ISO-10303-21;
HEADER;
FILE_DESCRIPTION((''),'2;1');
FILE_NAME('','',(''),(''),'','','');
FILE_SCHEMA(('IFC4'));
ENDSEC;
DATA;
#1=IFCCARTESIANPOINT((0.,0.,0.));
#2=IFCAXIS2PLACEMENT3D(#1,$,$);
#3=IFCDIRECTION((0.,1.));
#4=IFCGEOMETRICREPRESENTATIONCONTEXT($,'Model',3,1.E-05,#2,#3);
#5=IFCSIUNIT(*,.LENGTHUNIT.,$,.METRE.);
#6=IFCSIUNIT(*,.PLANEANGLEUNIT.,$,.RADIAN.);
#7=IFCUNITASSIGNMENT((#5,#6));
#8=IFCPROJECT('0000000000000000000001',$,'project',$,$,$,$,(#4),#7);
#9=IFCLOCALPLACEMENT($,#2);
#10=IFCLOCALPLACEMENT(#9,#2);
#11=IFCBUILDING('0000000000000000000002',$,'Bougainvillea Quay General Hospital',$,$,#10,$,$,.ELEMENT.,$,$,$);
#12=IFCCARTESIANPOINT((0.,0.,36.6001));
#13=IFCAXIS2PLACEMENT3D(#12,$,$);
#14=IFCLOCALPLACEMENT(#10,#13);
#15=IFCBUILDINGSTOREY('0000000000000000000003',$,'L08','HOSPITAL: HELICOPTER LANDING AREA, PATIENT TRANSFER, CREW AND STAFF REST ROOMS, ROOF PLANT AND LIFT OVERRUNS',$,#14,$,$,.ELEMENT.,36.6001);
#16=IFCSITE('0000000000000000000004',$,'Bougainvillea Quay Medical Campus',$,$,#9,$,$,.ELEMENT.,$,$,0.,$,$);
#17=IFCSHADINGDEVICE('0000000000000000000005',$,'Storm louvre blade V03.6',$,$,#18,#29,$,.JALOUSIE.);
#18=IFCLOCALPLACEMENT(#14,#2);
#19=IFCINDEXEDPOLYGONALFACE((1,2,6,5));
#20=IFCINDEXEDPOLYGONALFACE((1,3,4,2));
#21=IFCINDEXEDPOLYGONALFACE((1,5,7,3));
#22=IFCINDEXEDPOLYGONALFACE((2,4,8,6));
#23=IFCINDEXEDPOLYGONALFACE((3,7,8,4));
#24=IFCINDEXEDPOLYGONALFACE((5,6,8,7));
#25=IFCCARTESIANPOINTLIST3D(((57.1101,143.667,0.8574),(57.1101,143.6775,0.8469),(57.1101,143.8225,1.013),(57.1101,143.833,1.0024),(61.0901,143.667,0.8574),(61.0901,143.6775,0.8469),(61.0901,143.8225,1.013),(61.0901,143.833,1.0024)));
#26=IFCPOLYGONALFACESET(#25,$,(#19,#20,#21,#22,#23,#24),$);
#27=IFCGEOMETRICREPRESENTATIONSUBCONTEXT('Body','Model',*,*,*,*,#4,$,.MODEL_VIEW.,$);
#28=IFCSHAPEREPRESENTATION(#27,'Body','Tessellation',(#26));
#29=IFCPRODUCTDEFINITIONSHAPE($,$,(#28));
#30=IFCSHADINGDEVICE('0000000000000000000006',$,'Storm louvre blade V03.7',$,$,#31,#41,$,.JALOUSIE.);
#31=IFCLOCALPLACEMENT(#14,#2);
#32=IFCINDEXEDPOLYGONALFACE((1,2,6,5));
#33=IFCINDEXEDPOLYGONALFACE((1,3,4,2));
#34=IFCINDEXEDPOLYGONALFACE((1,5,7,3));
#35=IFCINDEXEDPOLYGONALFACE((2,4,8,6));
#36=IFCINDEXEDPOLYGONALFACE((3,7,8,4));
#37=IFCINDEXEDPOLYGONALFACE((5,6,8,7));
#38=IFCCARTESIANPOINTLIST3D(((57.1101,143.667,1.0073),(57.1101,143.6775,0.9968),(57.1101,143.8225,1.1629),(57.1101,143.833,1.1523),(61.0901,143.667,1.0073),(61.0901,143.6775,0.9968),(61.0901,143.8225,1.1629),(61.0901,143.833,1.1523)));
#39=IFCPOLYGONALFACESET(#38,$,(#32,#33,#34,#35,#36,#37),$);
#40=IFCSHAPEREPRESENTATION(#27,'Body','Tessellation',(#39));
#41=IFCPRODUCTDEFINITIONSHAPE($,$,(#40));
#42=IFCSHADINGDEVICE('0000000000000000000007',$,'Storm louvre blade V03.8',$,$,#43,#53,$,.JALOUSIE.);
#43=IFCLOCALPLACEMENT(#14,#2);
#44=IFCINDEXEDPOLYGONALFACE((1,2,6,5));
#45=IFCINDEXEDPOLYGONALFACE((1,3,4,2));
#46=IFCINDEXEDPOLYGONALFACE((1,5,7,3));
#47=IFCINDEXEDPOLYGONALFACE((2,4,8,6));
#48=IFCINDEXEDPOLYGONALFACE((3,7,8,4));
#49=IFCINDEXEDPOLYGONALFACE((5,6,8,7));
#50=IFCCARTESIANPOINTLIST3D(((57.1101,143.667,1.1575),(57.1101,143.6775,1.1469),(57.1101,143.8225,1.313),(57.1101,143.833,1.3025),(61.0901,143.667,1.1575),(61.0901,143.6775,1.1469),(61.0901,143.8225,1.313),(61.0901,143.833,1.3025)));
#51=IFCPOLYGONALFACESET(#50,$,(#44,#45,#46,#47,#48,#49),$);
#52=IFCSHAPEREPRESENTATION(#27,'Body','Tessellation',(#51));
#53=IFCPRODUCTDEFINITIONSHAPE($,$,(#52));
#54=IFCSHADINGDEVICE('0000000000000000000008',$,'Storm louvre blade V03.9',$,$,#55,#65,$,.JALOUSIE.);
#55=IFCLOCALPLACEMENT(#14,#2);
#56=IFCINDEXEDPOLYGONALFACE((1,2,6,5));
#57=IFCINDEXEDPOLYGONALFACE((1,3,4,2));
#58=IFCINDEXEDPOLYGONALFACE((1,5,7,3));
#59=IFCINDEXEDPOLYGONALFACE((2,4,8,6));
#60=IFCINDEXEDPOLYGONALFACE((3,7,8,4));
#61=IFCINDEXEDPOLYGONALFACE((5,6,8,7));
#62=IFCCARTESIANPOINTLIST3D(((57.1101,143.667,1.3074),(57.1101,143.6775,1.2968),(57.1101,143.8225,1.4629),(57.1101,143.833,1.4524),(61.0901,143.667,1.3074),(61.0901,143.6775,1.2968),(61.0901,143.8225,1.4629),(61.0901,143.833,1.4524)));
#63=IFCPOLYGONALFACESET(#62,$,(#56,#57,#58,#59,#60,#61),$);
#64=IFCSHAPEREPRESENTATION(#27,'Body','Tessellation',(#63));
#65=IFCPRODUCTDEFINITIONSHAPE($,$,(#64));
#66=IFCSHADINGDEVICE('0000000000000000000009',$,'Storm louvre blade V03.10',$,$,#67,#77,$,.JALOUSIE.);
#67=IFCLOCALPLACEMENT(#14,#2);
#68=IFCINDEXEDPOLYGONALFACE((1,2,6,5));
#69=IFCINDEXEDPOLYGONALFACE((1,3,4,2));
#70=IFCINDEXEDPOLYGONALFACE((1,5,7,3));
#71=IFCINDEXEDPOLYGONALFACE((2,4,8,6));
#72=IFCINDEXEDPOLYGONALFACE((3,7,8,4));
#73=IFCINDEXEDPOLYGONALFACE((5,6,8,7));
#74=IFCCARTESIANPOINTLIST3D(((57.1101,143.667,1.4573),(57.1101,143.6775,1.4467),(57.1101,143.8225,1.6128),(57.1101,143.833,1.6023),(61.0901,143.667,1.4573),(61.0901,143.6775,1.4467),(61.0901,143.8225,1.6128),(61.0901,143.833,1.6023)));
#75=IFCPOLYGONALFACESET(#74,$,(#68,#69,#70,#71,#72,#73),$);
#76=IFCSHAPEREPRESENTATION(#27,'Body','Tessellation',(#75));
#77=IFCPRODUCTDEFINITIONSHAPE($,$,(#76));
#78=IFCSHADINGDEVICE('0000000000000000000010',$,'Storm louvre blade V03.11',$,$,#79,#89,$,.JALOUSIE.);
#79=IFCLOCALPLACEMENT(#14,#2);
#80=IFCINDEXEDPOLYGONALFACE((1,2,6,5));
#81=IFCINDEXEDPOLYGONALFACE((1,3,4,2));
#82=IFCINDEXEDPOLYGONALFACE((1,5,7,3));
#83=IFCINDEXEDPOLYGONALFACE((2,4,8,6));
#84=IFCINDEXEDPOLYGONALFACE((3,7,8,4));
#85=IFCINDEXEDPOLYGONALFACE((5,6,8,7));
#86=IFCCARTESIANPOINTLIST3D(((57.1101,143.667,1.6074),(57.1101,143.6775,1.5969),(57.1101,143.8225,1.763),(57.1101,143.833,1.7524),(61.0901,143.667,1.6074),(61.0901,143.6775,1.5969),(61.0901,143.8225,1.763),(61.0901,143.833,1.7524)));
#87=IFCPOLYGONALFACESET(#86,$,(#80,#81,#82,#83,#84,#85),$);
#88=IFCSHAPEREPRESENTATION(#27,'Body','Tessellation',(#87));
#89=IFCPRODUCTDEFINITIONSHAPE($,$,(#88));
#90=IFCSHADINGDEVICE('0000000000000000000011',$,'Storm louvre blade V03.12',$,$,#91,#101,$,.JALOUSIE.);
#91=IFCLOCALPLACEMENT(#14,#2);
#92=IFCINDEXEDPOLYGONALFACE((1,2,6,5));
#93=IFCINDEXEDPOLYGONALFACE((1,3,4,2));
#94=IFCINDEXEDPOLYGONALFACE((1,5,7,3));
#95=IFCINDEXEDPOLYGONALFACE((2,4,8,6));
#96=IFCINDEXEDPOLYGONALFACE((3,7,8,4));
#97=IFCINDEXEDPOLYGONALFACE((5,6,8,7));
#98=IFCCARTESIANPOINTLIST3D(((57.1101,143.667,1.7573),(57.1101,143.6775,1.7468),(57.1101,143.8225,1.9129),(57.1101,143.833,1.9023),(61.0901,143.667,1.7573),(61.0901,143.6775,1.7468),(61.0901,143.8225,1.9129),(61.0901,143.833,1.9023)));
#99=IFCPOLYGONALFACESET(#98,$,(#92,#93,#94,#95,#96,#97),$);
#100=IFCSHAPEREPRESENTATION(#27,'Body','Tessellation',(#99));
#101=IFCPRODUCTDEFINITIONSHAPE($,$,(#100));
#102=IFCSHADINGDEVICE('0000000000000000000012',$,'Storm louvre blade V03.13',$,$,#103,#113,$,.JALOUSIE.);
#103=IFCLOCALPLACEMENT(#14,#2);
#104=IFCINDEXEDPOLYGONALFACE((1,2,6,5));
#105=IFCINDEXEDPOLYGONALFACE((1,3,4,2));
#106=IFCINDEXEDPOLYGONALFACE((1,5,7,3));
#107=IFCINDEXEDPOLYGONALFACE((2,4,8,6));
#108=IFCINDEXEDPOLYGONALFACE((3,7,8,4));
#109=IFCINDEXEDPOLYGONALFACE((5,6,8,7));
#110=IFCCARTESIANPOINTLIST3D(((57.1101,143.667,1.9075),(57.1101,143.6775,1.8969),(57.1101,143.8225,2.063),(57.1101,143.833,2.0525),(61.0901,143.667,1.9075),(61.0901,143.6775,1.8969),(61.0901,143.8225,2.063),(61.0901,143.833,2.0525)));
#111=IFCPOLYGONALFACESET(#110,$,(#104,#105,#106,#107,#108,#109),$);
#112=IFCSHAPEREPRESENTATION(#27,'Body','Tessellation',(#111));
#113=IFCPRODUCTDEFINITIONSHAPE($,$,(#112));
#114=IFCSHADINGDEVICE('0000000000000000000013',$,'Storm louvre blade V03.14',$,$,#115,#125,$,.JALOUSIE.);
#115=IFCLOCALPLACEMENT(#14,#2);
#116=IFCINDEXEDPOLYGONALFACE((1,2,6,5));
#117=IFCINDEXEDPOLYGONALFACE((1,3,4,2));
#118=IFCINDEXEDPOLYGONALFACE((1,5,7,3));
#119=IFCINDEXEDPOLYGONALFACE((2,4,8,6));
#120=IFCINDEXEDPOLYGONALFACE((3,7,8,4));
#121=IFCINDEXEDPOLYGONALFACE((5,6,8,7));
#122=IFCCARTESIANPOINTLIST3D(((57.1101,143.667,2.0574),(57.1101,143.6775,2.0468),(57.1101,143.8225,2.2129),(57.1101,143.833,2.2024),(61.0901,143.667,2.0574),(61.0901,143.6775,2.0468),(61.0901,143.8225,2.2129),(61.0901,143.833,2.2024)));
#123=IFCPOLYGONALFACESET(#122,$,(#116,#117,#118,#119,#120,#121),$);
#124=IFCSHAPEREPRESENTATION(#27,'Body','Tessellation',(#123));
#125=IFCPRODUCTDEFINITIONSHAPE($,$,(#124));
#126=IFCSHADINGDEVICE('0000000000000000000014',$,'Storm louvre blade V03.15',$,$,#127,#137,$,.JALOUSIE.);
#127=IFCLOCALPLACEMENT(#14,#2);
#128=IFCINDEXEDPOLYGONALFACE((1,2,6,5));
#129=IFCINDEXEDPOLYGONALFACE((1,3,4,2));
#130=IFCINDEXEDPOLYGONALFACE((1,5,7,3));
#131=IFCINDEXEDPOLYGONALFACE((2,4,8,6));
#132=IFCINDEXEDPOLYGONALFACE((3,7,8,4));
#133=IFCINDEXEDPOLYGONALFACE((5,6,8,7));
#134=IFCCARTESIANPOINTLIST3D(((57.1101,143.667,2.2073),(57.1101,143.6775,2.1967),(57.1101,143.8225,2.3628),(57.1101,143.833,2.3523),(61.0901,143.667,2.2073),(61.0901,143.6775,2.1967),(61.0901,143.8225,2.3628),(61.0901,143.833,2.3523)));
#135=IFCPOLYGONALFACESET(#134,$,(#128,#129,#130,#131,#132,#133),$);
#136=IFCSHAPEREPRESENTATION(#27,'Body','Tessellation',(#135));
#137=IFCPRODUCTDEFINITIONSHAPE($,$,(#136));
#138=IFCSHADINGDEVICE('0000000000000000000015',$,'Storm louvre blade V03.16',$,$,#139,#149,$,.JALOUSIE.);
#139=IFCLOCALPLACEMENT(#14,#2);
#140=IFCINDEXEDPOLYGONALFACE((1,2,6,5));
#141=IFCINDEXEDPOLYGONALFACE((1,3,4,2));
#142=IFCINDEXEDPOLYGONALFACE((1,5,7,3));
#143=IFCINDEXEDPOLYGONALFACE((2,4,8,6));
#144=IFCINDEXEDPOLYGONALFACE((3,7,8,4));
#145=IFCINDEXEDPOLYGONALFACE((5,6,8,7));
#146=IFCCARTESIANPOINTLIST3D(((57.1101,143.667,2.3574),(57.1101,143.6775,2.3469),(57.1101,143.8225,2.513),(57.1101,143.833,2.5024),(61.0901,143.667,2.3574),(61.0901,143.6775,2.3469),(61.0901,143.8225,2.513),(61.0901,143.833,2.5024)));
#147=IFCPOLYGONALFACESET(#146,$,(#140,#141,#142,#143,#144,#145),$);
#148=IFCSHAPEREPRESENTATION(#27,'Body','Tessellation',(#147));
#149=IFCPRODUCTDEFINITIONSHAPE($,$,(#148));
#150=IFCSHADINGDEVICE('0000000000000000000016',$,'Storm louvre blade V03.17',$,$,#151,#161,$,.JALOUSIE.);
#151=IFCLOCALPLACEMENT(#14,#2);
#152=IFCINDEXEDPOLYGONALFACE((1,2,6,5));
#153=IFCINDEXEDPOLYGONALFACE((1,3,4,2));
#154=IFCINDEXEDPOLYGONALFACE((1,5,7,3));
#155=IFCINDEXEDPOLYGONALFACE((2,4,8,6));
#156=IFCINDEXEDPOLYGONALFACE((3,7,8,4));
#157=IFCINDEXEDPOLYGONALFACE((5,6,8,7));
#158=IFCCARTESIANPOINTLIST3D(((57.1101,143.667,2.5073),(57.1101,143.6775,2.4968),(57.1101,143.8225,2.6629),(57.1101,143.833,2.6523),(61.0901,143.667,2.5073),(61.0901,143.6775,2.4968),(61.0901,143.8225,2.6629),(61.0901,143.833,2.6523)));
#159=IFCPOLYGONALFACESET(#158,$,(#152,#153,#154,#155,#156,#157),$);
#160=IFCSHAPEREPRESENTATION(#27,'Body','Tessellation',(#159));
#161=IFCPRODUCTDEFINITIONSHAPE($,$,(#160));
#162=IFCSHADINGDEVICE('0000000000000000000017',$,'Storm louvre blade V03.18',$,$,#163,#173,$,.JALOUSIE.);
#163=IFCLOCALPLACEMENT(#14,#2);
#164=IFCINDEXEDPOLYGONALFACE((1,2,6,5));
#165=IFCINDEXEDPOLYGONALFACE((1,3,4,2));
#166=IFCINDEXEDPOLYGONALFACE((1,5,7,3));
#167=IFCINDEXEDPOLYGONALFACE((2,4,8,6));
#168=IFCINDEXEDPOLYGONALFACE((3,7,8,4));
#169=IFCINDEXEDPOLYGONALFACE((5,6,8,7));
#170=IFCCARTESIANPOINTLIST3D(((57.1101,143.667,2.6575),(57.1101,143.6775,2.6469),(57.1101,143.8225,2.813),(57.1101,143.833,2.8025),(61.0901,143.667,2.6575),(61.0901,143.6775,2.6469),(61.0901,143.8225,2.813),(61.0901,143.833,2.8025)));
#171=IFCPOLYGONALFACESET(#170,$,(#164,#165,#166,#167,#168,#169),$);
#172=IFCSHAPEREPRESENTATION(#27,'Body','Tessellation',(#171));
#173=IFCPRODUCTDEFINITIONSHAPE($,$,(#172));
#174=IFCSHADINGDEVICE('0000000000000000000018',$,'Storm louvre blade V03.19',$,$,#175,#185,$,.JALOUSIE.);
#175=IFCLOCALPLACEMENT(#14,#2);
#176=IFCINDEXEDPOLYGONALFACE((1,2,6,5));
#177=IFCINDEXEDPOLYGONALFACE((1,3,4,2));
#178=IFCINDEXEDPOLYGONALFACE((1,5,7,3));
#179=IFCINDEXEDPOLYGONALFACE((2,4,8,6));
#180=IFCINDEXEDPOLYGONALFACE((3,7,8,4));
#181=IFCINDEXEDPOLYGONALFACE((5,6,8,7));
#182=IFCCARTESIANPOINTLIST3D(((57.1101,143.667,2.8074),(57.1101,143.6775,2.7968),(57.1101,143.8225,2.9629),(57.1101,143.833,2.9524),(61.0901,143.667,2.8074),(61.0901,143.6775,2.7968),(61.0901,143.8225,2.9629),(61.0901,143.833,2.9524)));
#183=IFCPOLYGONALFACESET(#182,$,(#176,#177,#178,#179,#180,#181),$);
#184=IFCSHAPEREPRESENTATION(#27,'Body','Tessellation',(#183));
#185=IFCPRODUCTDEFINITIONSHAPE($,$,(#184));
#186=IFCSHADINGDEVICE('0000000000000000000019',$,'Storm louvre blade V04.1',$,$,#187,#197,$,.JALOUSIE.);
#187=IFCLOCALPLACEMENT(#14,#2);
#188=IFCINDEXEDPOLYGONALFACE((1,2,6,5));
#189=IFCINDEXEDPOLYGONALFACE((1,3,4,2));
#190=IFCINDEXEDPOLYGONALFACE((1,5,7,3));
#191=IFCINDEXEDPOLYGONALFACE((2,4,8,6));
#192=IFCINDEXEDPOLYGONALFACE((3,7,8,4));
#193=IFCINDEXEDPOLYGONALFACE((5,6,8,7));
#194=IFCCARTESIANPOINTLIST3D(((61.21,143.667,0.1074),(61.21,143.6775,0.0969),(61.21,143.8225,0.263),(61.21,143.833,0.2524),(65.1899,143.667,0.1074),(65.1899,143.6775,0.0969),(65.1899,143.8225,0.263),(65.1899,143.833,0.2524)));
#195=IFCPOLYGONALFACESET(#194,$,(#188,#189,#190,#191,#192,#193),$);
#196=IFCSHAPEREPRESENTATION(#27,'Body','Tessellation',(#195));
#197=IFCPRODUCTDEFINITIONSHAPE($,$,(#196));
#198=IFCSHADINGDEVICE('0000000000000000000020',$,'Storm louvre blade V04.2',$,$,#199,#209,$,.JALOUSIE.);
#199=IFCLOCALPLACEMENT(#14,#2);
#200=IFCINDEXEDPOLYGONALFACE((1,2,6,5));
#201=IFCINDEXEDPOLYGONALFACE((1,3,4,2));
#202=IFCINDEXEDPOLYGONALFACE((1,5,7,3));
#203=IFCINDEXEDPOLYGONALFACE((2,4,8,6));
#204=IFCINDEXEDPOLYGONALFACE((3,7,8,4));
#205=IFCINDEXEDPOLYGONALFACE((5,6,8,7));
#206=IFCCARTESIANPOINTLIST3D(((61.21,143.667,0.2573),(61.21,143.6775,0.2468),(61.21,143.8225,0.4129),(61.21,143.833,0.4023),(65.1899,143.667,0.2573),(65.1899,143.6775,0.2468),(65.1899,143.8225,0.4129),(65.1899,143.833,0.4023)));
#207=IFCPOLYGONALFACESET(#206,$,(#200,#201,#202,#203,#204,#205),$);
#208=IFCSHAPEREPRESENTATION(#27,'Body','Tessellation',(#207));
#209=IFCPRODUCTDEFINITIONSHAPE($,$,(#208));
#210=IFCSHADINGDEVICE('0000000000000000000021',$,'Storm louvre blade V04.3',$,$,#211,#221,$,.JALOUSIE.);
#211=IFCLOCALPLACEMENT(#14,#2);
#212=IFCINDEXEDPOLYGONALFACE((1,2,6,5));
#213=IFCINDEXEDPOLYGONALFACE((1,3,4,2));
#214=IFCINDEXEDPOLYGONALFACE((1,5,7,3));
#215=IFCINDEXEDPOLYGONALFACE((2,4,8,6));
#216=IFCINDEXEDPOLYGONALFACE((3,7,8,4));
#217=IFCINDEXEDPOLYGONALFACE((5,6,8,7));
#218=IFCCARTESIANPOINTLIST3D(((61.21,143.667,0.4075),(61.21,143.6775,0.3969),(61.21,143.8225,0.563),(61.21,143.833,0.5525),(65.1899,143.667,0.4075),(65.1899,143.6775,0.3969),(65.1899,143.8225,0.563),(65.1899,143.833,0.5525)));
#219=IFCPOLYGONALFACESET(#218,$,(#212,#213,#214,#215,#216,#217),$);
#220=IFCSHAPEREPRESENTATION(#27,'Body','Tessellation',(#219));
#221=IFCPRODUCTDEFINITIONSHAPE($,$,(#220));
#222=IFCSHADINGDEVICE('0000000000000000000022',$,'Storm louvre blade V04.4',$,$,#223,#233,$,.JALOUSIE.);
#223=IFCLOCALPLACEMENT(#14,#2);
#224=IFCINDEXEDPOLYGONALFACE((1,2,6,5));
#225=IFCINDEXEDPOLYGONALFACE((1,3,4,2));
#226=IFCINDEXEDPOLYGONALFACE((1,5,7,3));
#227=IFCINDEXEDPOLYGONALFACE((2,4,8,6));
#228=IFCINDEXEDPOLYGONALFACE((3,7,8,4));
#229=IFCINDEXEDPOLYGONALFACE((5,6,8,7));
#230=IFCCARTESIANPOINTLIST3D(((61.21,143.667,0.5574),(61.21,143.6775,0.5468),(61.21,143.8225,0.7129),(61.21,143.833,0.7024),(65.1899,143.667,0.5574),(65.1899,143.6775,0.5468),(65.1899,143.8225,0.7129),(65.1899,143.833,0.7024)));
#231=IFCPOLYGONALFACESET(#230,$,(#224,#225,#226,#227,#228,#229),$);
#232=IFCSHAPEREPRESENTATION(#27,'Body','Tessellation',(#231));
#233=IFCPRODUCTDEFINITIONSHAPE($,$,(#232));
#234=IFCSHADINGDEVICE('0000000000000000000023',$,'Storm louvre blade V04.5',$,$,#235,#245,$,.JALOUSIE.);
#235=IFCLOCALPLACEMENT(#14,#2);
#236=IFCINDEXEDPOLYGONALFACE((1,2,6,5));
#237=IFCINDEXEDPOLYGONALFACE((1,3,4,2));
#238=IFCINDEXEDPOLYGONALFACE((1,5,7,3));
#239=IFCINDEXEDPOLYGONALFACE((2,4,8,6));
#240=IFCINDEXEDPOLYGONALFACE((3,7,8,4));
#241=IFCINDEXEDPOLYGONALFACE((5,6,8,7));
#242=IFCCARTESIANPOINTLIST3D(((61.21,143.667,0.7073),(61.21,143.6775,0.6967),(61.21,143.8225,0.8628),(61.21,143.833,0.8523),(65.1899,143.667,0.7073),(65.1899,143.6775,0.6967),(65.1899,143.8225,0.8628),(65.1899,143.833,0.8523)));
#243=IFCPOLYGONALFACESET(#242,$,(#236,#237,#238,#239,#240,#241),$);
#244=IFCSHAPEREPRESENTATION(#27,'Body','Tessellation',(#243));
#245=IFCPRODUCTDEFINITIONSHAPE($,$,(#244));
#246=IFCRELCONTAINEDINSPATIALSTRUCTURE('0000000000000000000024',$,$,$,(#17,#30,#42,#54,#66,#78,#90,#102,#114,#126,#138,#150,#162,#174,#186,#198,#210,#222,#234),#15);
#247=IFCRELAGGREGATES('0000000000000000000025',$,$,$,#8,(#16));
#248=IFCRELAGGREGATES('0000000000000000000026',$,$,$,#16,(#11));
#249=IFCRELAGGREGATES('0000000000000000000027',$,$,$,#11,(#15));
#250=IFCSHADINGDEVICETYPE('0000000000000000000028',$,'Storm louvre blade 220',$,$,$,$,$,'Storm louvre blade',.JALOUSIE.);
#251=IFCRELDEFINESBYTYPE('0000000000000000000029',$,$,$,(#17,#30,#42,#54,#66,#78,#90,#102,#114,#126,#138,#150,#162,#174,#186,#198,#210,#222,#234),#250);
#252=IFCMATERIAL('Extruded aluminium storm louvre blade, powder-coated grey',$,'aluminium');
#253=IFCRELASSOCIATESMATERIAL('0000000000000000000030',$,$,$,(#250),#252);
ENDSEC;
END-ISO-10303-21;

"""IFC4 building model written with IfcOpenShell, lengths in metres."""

from ifc_helpers import new_model, si_unit, direction, frame, origin, origin_2d, place, context, subcontext, project, spatial, rectangle, extrude, material, material_profile, profile_set, type_object, element, save


model = new_model("IFC4")

# Units and contexts
model_context = context("Model", 3, precision=1e-05, world=origin(), true_north=direction((0.0, 1.0)))
body_context = subcontext(model_context, "Body", "Model", "MODEL_VIEW")
ifc_project = project(units=[si_unit("LENGTHUNIT", "METRE"), si_unit("PLANEANGLEUNIT", "RADIAN")], contexts=[model_context])

# Site, building, storey
site_placement = place(None, origin())
site = spatial("IfcSite", under=ifc_project, at=site_placement, Name="Bougainvillea Quay Medical Campus", CompositionType="ELEMENT", RefElevation=0.0)
building_placement = place(site_placement, origin())
building = spatial("IfcBuilding", under=site, at=building_placement, Name="Bougainvillea Quay General Hospital", CompositionType="ELEMENT")
storey_placement = place(building_placement, frame((0.0, 0.0, 36.6001)))
storey = spatial("IfcBuildingStorey", under=building, at=storey_placement, Name="L08", Description="HOSPITAL: HELICOPTER LANDING AREA, PATIENT TRANSFER, CREW AND STAFF REST ROOMS, ROOF PLANT AND LIFT OVERRUNS", CompositionType="ELEMENT", Elevation=36.6001)

# Shading devices
ifc_material_1 = material(Name="Extruded aluminium storm louvre blade, powder-coated grey", Category="aluminium")
ifc_material_profile_1 = material_profile(ifc_material_1, rectangle(XDim=0.22, YDim=0.0149, at=origin_2d()))
ifc_profile_set_1 = profile_set([ifc_material_profile_1], Name="Extruded aluminium storm louvre blade, powder-coated grey")
shading_device_type_1 = type_object("IfcShadingDeviceType", Name="Storm louvre blade 220", ElementType="Storm louvre blade", PredefinedType="JALOUSIE", material=ifc_profile_set_1)
for number, where, z_axis, x_axis, name in (
    (1, (57.1101, 143.75, 0.9299), (1.0, 0.0, 0.0), (0.0, 0.707107, 0.707107), "Storm louvre blade V03.6"),
    (2, (57.1101, 143.75, 1.0798), (1.0, 0.0, 0.0), (0.0, 0.707107, 0.707107), "Storm louvre blade V03.7"),
    (3, (57.1101, 143.75, 1.23), (1.0, 0.0, 0.0), (0.0, 0.707107, 0.707107), "Storm louvre blade V03.8"),
    (4, (57.1101, 143.75, 1.3799), (1.0, 0.0, 0.0), (0.0, 0.707107, 0.707107), "Storm louvre blade V03.9"),
    (5, (57.1101, 143.75, 1.5298), (1.0, 0.0, 0.0), (0.0, 0.707107, 0.707107), "Storm louvre blade V03.10"),
    (6, (57.1101, 143.75, 1.6799), (1.0, 0.0, 0.0), (0.0, 0.707107, 0.707107), "Storm louvre blade V03.11"),
    (7, (57.1101, 143.75, 1.8298), (1.0, 0.0, 0.0), (0.0, 0.707107, 0.707107), "Storm louvre blade V03.12"),
    (8, (57.1101, 143.75, 1.98), (1.0, 0.0, 0.0), (0.0, 0.707107, 0.707107), "Storm louvre blade V03.13"),
    (9, (57.1101, 143.75, 2.1299), (1.0, 0.0, 0.0), (0.0, 0.707107, 0.707107), "Storm louvre blade V03.14"),
    (10, (57.1101, 143.75, 2.2798), (1.0, 0.0, 0.0), (0.0, 0.707107, 0.707107), "Storm louvre blade V03.15"),
    (11, (57.1101, 143.75, 2.4299), (1.0, 0.0, 0.0), (0.0, 0.707107, 0.707107), "Storm louvre blade V03.16"),
    (12, (57.1101, 143.75, 2.5798), (1.0, 0.0, 0.0), (0.0, 0.707107, 0.707107), "Storm louvre blade V03.17"),
    (13, (57.1101, 143.75, 2.73), (1.0, 0.0, 0.0), (0.0, 0.707107, 0.707107), "Storm louvre blade V03.18"),
    (14, (57.1101, 143.75, 2.8799), (1.0, 0.0, 0.0), (0.0, 0.707107, 0.707107), "Storm louvre blade V03.19"),
    (15, (61.21, 143.75, 0.1799), (1.0, 0.0, 0.0), (0.0, 0.707107, 0.707107), "Storm louvre blade V04.1"),
    (16, (61.21, 143.75, 0.3298), (1.0, 0.0, 0.0), (0.0, 0.707107, 0.707107), "Storm louvre blade V04.2"),
    (17, (61.21, 143.75, 0.48), (1.0, 0.0, 0.0), (0.0, 0.707107, 0.707107), "Storm louvre blade V04.3"),
    (18, (61.21, 143.75, 0.6299), (1.0, 0.0, 0.0), (0.0, 0.707107, 0.707107), "Storm louvre blade V04.4"),
    (19, (61.21, 143.75, 0.7798), (1.0, 0.0, 0.0), (0.0, 0.707107, 0.707107), "Storm louvre blade V04.5"),
):
    element("IfcShadingDevice", number, at=place(storey_placement, frame(where, z_axis=z_axis, x_axis=x_axis)), inside=storey, type_object=shading_device_type_1, Name=name, PredefinedType="JALOUSIE", context=body_context, shape_type="SweptSolid", body=[
        extrude(rectangle(XDim=0.22, YDim=0.0149, at=origin_2d()), origin(), (0.0, 0.0, 1.0), 3.98),
    ])

save(model, "model.ifc")
